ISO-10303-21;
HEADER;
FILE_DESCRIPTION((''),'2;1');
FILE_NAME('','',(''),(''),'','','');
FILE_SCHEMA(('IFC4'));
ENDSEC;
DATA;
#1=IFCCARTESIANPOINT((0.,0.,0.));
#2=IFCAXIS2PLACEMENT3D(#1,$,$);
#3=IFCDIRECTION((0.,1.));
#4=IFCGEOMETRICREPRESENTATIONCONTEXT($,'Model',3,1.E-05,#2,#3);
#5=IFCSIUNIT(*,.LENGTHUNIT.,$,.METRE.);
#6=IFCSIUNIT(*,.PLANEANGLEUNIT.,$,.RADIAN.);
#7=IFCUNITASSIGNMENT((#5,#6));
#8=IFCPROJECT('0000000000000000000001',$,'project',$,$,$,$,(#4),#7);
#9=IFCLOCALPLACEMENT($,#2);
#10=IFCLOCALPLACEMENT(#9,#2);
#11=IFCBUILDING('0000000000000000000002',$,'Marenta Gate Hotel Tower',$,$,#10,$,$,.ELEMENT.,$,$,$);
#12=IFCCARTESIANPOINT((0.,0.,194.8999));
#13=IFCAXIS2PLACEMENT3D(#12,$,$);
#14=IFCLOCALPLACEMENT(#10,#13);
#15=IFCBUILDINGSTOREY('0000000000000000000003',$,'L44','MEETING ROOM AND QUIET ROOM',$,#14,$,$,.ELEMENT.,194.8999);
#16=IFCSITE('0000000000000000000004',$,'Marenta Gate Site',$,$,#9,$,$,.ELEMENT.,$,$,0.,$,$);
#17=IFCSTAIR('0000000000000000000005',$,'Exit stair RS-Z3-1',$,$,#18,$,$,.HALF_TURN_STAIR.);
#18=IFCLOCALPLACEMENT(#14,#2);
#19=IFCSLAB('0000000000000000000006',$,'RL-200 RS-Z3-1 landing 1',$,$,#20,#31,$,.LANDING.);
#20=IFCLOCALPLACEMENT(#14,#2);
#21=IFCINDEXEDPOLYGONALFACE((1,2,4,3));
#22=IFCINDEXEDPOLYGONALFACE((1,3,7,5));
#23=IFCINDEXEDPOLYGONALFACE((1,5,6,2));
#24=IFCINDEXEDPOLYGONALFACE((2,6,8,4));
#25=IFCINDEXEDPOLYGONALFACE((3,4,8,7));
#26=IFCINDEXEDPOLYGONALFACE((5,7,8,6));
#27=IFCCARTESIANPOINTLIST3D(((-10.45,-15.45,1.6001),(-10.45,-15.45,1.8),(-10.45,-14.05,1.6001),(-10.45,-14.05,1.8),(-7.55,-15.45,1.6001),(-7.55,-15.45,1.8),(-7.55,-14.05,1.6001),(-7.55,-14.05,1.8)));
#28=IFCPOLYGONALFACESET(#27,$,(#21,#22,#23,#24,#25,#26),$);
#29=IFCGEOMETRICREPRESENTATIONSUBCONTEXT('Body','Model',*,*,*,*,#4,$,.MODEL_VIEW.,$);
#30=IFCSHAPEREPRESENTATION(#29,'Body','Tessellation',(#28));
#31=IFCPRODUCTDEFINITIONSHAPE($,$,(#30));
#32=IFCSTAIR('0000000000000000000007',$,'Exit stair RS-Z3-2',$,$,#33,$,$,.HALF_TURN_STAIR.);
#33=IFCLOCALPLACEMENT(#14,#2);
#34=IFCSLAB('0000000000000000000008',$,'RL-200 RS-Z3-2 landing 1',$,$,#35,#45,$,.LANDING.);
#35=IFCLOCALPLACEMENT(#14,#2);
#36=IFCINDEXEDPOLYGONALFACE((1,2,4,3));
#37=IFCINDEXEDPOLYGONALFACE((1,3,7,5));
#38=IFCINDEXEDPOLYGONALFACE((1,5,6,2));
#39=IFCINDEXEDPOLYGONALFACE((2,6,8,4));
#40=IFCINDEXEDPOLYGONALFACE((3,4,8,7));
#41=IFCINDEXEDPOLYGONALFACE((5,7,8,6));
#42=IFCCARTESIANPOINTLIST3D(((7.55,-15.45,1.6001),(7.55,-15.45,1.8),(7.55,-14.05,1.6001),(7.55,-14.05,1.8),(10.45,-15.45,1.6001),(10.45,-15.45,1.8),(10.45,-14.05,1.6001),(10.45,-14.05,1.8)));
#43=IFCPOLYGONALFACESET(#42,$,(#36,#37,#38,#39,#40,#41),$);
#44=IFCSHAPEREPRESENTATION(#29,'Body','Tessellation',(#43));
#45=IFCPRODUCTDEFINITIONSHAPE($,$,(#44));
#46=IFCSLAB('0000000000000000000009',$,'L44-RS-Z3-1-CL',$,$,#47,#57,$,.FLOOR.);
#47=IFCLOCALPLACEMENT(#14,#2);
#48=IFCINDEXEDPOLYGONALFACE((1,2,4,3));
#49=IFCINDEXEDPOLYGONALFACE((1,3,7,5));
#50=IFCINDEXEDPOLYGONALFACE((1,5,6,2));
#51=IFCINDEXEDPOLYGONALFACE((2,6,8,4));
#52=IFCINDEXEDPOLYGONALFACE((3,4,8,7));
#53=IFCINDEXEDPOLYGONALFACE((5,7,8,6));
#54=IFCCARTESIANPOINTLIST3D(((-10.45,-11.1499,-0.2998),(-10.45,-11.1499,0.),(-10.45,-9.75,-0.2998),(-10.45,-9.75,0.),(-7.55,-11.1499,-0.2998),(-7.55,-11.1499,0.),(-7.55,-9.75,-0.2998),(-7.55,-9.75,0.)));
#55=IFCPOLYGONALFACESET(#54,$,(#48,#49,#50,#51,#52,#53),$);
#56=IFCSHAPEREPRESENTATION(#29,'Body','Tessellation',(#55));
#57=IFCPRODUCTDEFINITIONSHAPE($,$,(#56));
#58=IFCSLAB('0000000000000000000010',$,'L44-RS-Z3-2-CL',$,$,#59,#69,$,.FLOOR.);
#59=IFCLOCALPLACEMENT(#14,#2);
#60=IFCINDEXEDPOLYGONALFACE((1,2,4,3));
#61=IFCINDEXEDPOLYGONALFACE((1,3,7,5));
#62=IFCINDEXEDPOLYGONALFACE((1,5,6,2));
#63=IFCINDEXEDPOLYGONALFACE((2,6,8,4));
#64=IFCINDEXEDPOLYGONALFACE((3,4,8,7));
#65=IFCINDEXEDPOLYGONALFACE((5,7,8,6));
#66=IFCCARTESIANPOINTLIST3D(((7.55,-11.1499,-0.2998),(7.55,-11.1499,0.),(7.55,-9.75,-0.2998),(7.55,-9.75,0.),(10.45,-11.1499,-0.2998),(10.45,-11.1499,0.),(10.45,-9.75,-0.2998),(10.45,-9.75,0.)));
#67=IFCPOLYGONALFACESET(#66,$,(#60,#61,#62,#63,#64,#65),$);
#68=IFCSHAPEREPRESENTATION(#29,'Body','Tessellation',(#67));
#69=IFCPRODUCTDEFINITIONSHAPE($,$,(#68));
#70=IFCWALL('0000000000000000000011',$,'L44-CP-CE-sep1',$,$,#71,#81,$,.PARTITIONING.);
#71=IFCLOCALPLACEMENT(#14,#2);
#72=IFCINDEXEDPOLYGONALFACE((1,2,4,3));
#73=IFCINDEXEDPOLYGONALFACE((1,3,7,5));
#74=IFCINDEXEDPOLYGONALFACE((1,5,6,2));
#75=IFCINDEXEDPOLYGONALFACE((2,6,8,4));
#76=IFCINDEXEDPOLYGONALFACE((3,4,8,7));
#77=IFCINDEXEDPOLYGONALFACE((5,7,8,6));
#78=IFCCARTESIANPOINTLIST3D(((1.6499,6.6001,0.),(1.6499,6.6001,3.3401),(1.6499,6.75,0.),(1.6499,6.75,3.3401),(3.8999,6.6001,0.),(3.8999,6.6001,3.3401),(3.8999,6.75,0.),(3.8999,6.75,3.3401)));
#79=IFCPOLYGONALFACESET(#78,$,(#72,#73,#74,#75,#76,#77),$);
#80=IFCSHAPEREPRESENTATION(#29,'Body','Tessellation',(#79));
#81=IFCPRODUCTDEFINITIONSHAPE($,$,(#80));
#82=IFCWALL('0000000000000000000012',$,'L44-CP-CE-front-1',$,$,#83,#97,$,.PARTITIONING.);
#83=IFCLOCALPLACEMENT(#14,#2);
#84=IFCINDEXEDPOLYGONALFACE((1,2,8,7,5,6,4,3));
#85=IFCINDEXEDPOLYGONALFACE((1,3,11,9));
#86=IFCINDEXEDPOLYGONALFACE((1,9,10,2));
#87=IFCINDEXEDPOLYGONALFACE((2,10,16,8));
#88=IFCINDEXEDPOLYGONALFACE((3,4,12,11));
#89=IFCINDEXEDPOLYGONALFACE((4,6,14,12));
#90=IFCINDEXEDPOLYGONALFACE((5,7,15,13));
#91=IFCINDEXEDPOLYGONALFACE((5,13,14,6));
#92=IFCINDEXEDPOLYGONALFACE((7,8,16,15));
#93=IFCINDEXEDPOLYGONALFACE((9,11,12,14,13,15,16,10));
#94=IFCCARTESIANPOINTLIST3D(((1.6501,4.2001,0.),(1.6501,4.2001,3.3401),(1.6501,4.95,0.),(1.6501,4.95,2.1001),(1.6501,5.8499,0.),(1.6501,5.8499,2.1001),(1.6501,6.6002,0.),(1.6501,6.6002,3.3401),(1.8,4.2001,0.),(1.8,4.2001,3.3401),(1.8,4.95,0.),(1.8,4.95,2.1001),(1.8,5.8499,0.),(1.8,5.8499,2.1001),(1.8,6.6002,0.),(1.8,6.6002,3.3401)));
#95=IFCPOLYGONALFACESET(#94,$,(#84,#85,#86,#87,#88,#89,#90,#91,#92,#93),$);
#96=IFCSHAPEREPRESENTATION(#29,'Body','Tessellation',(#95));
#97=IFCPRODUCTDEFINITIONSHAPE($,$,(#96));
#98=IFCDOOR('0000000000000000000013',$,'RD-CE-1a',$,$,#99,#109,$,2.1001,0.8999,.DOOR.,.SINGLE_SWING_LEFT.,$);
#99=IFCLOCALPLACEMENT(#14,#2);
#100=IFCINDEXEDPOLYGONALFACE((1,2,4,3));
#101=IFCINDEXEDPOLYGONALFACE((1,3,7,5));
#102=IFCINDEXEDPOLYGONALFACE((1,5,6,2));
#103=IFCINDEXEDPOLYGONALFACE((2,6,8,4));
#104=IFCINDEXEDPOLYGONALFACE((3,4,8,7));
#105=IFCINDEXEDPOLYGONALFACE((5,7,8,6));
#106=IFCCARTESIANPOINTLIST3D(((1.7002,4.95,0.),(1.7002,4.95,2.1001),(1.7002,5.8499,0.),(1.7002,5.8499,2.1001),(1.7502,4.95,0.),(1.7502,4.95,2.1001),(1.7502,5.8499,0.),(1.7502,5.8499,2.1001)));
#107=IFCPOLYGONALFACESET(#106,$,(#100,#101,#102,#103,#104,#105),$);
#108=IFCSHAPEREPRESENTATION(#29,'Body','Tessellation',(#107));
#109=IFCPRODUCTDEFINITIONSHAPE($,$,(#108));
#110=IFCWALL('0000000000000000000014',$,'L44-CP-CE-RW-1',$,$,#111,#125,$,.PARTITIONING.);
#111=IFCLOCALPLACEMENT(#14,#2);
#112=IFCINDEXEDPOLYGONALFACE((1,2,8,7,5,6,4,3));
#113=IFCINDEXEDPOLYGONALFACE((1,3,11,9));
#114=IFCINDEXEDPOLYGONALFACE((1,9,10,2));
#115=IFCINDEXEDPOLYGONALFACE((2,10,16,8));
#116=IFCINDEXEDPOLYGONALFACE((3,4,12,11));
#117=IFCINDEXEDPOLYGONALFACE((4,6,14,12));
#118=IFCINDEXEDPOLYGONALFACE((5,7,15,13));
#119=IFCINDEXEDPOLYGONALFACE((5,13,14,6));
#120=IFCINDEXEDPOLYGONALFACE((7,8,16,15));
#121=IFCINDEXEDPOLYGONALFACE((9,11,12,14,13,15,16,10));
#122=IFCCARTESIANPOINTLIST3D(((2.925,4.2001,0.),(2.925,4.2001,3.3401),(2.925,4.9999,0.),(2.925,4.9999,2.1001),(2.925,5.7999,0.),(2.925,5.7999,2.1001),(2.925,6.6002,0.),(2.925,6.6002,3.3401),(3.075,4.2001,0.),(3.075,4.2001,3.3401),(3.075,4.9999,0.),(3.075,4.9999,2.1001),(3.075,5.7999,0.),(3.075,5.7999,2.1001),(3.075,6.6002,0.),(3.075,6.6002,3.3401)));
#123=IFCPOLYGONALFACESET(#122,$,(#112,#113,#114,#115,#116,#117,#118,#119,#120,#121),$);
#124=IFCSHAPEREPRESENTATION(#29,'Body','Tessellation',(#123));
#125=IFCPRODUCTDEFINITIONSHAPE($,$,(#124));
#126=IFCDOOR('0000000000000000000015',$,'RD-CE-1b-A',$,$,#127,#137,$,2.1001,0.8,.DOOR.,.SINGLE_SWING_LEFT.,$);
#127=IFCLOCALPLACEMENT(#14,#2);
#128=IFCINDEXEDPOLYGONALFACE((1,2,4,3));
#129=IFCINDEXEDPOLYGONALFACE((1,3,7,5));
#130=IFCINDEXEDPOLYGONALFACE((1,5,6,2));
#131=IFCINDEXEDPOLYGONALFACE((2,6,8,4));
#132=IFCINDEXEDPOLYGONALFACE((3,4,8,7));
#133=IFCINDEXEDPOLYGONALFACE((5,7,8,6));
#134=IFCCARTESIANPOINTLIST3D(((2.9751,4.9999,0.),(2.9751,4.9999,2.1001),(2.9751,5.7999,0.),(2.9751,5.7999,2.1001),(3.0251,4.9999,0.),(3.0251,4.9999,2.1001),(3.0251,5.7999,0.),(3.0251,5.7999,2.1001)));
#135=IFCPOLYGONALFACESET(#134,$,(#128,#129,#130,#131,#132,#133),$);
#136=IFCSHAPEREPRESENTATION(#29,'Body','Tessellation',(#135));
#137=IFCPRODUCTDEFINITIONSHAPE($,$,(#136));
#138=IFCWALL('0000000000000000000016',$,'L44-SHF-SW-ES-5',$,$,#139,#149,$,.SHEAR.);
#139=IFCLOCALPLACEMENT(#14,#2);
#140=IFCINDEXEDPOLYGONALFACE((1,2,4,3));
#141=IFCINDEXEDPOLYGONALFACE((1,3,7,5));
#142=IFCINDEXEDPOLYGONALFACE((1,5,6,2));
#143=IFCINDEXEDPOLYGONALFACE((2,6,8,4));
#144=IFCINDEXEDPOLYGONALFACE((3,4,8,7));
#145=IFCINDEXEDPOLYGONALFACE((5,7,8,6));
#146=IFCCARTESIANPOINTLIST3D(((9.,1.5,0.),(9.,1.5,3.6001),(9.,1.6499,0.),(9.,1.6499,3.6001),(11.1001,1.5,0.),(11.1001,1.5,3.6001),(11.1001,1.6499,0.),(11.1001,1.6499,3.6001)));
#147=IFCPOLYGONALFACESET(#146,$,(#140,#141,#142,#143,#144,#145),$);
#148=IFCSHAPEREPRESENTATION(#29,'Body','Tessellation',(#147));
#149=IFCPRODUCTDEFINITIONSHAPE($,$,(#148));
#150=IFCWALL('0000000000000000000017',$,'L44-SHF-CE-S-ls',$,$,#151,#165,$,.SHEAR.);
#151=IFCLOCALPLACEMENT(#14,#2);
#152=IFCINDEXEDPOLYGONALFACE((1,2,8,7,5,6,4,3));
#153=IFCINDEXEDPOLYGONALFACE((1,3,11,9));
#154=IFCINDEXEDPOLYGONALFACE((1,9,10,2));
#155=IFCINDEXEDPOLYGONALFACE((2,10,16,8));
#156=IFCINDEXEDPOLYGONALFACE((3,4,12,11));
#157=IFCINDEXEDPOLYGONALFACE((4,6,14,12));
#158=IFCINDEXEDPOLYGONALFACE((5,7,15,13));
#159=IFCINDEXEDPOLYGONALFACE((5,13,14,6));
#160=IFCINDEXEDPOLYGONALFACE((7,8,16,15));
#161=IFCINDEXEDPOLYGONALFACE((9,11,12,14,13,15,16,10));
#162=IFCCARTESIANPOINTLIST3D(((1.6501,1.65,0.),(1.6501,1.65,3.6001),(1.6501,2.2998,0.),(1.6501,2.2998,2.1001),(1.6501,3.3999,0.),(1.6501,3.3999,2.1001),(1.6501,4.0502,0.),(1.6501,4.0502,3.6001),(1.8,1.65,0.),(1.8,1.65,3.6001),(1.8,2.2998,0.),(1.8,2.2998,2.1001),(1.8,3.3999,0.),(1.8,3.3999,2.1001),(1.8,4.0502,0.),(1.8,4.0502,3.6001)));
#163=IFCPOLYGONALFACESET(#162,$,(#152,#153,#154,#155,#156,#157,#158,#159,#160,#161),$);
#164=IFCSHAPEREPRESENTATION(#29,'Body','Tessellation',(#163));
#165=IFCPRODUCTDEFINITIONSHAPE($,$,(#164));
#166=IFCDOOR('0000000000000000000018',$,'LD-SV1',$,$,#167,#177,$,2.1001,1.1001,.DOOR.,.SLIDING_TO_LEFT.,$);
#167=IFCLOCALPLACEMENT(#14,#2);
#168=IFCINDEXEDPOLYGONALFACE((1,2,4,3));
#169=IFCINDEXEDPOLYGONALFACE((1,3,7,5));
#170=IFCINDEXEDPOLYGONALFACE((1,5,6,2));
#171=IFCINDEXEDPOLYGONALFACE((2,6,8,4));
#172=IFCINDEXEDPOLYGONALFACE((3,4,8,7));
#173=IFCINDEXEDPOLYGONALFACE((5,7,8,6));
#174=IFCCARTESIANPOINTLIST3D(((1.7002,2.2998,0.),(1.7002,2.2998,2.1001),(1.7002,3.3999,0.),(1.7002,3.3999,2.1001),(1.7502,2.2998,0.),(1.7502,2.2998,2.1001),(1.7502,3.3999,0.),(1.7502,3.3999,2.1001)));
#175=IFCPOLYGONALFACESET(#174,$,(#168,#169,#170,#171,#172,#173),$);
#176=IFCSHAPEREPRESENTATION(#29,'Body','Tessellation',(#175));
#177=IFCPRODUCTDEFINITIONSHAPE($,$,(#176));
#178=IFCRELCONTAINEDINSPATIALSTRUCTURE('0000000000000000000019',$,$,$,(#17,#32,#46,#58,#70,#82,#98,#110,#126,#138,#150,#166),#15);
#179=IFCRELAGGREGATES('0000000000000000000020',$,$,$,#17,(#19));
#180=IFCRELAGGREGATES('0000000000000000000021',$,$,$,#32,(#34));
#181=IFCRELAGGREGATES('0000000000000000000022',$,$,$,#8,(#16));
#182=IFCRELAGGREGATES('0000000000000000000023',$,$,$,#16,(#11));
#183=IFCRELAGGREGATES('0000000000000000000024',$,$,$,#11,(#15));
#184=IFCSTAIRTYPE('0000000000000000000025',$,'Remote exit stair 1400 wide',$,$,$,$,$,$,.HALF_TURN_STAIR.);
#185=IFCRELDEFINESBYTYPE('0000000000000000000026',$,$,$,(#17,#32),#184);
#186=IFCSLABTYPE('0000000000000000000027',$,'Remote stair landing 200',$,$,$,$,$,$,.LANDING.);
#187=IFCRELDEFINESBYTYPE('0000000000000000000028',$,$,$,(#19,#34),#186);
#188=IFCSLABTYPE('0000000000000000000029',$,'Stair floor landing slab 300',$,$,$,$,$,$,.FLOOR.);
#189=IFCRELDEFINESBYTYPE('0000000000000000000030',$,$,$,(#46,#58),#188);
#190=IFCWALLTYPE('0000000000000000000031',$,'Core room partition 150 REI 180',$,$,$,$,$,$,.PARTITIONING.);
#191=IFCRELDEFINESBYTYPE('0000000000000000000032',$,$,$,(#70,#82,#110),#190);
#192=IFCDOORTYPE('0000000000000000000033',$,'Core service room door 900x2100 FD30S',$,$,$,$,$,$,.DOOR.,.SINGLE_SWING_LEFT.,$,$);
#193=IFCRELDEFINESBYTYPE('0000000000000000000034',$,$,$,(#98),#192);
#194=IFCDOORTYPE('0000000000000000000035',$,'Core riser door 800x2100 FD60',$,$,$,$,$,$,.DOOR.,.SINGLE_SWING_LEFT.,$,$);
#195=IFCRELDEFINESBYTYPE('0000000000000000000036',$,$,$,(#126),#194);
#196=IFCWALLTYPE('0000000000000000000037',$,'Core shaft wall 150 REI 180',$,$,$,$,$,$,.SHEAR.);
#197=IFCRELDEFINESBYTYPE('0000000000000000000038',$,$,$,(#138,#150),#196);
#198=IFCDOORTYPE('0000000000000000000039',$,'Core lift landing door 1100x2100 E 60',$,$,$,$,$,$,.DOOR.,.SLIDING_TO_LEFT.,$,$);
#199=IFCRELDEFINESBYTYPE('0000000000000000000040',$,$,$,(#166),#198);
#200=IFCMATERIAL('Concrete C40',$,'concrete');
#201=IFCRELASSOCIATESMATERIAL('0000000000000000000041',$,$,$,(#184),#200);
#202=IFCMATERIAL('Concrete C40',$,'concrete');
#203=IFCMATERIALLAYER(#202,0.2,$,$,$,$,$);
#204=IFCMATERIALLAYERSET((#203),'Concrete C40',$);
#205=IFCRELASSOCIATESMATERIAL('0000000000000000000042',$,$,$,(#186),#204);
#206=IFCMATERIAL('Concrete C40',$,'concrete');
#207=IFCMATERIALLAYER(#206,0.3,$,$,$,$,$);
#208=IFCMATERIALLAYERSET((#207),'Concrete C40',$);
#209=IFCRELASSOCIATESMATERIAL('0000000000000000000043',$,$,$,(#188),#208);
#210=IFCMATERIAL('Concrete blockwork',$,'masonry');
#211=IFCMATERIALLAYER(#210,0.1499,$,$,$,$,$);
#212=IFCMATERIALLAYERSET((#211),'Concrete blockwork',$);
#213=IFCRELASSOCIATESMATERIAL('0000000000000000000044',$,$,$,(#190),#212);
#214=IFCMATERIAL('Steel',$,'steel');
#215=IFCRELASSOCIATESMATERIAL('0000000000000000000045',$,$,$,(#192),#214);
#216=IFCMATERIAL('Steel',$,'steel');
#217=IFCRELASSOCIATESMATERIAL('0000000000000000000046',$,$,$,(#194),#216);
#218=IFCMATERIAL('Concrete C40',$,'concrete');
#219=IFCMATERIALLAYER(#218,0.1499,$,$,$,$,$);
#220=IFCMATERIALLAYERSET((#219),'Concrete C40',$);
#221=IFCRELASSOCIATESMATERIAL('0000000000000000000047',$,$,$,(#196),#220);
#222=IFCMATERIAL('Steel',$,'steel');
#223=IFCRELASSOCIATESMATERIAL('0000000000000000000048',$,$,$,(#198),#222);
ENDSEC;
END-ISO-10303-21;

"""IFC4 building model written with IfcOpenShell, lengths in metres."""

from ifc_helpers import new_model, si_unit, direction, frame, frame_2d, origin, place, context, subcontext, project, spatial, polyline, rectangle, outline, extrude, material, layer, layer_set, type_object, element, fill, aggregate, save


model = new_model("IFC4")

# Units and contexts
model_context = context("Model", 3, precision=1e-05, world=origin(), true_north=direction((0.0, 1.0)))
body_context = subcontext(model_context, "Body", "Model", "MODEL_VIEW")
ifc_project = project(units=[si_unit("LENGTHUNIT", "METRE"), si_unit("PLANEANGLEUNIT", "RADIAN")], contexts=[model_context])

# Site, building, storey
site_placement = place(None, origin())
site = spatial("IfcSite", under=ifc_project, at=site_placement, Name="Marenta Gate Site", CompositionType="ELEMENT", RefElevation=0.0)
building_placement = place(site_placement, origin())
building = spatial("IfcBuilding", under=site, at=building_placement, Name="Marenta Gate Hotel Tower", CompositionType="ELEMENT")
storey_placement = place(building_placement, frame((0.0, 0.0, 194.8999)))
storey = spatial("IfcBuildingStorey", under=building, at=storey_placement, Name="L44", Description="MEETING ROOM AND QUIET ROOM", CompositionType="ELEMENT", Elevation=194.8999)

# Stairs, slabs
ifc_material_1 = material(Name="Concrete C40", Category="concrete")
stair_type_1 = type_object("IfcStairType", Name="Remote exit stair 1400 wide", PredefinedType="HALF_TURN_STAIR", material=ifc_material_1)
stair_1_placement = place(storey_placement, origin())
stair_1 = element("IfcStair", 1, at=stair_1_placement, inside=storey, type_object=stair_type_1, Name="Exit stair RS-Z3-1", PredefinedType="HALF_TURN_STAIR")
ifc_material_2 = material(Name="Concrete C40", Category="concrete")
ifc_layer_1 = layer(ifc_material_2, 0.2)
ifc_layer_set_1 = layer_set([ifc_layer_1], Name="Concrete C40")
slab_type_1 = type_object("IfcSlabType", Name="Remote stair landing 200", PredefinedType="LANDING", material=ifc_layer_set_1)
slab_1_placement = place(storey_placement, frame((0.0, 0.0, 1.6001)))
slab_1 = element("IfcSlab", 2, at=slab_1_placement, type_object=slab_type_1, Name="RL-200 RS-Z3-1 landing 1", PredefinedType="LANDING", context=body_context, shape_type="SweptSolid", body=[
    extrude(outline(polyline([(-10.45, -15.45), (-7.55, -15.45), (-7.55, -14.05), (-10.45, -14.05), (-10.45, -15.45)])), origin(), (0.0, 0.0, 1.0), 0.2),
])
aggregate(stair_1, [slab_1])
stair_2_placement = place(storey_placement, origin())
stair_2 = element("IfcStair", 3, at=stair_2_placement, inside=storey, type_object=stair_type_1, Name="Exit stair RS-Z3-2", PredefinedType="HALF_TURN_STAIR")
slab_2_placement = place(storey_placement, frame((0.0, 0.0, 1.6001)))
slab_2 = element("IfcSlab", 4, at=slab_2_placement, type_object=slab_type_1, Name="RL-200 RS-Z3-2 landing 1", PredefinedType="LANDING", context=body_context, shape_type="SweptSolid", body=[
    extrude(outline(polyline([(7.55, -15.45), (10.45, -15.45), (10.45, -14.05), (7.55, -14.05), (7.55, -15.45)])), origin(), (0.0, 0.0, 1.0), 0.2),
])
aggregate(stair_2, [slab_2])

# Slabs
ifc_material_3 = material(Name="Concrete C40", Category="concrete")
ifc_layer_2 = layer(ifc_material_3, 0.3)
ifc_layer_set_2 = layer_set([ifc_layer_2], Name="Concrete C40")
slab_type_2 = type_object("IfcSlabType", Name="Stair floor landing slab 300", PredefinedType="FLOOR", material=ifc_layer_set_2)
slab_3_placement = place(storey_placement, frame((0.0, 0.0, -0.2998)))
element("IfcSlab", 5, at=slab_3_placement, inside=storey, type_object=slab_type_2, Name="L44-RS-Z3-1-CL", PredefinedType="FLOOR", context=body_context, shape_type="SweptSolid", body=[
    extrude(outline(polyline([(-7.55, -11.1499), (-7.55, -9.75), (-10.45, -9.75), (-10.45, -11.1499), (-7.55, -11.1499)])), origin(), (0.0, 0.0, 1.0), 0.2998),
])
slab_4_placement = place(storey_placement, frame((0.0, 0.0, -0.2998)))
element("IfcSlab", 6, at=slab_4_placement, inside=storey, type_object=slab_type_2, Name="L44-RS-Z3-2-CL", PredefinedType="FLOOR", context=body_context, shape_type="SweptSolid", body=[
    extrude(outline(polyline([(10.45, -11.1499), (10.45, -9.75), (7.55, -9.75), (7.55, -11.1499), (10.45, -11.1499)])), origin(), (0.0, 0.0, 1.0), 0.2998),
])

# Wall
ifc_material_4 = material(Name="Concrete blockwork", Category="masonry")
ifc_layer_3 = layer(ifc_material_4, 0.1499)
ifc_layer_set_3 = layer_set([ifc_layer_3], Name="Concrete blockwork")
wall_type_1 = type_object("IfcWallType", Name="Core room partition 150 REI 180", PredefinedType="PARTITIONING", material=ifc_layer_set_3)
wall_1_placement = place(storey_placement, frame((1.6499, 6.675, 0.0), z_axis=(0.0, 0.0, 1.0), x_axis=(1.0, 0.0, 0.0)))
element("IfcWall", 7, at=wall_1_placement, inside=storey, type_object=wall_type_1, Name="L44-CP-CE-sep1", PredefinedType="PARTITIONING", context=body_context, shape_type="SweptSolid", body=[
    extrude(rectangle(XDim=2.25, YDim=0.1499, at=frame_2d((1.125, 0.0))), origin(), (0.0, 0.0, 1.0), 3.3401),
])

# Walls, openings, doors
wall_2_placement = place(storey_placement, frame((1.7251, 4.2, 0.0), z_axis=(0.0, 0.0, 1.0), x_axis=(0.0, 1.0, 0.0)))
wall_2 = element("IfcWall", 8, at=wall_2_placement, inside=storey, type_object=wall_type_1, Name="L44-CP-CE-front-1", PredefinedType="PARTITIONING", context=body_context, shape_type="SweptSolid", body=[
    extrude(rectangle(XDim=2.4001, YDim=0.1499, at=frame_2d((1.2002, 0.0))), origin(), (0.0, 0.0, 1.0), 3.3401),
])
opening_1_placement = place(wall_2_placement, frame((0.75, 0.0, 0.0)))
opening_1 = element("IfcOpeningElement", 9, at=opening_1_placement, cuts=wall_2, PredefinedType="OPENING", context=body_context, shape_type="SweptSolid", body=[
    extrude(rectangle(XDim=0.8999, YDim=2.1001, at=frame_2d((0.45, 1.05))), frame((0.0, 0.075, 0.0), z_axis=(0.0, -1.0, 0.0), x_axis=(1.0, 0.0, 0.0)), (0.0, 0.0, 1.0), 0.1499),
])
ifc_material_5 = material(Name="Steel", Category="steel")
door_type_1 = type_object("IfcDoorType", Name="Core service room door 900x2100 FD30S", OperationType="SINGLE_SWING_LEFT", PredefinedType="DOOR", material=ifc_material_5)
door_1_placement = place(opening_1_placement, origin())
door_1 = element("IfcDoor", 10, at=door_1_placement, inside=storey, type_object=door_type_1, Name="RD-CE-1a", OperationType="SINGLE_SWING_LEFT", OverallHeight=2.1001, OverallWidth=0.8999, PredefinedType="DOOR", context=body_context, shape_type="SweptSolid", body=[
    extrude(rectangle(XDim=0.8999, YDim=2.1001, at=frame_2d((0.45, 1.05))), frame((0.0, 0.0249, 0.0), z_axis=(0.0, -1.0, 0.0), x_axis=(1.0, 0.0, 0.0)), (0.0, 0.0, 1.0), 0.05),
])
fill(opening_1, door_1)
wall_3_placement = place(storey_placement, frame((3.0, 4.2, 0.0), z_axis=(0.0, 0.0, 1.0), x_axis=(0.0, 1.0, 0.0)))
wall_3 = element("IfcWall", 11, at=wall_3_placement, inside=storey, type_object=wall_type_1, Name="L44-CP-CE-RW-1", PredefinedType="PARTITIONING", context=body_context, shape_type="SweptSolid", body=[
    extrude(rectangle(XDim=2.4001, YDim=0.1499, at=frame_2d((1.2002, 0.0))), origin(), (0.0, 0.0, 1.0), 3.3401),
])
opening_2_placement = place(wall_3_placement, frame((0.8, 0.0, 0.0)))
opening_2 = element("IfcOpeningElement", 12, at=opening_2_placement, cuts=wall_3, PredefinedType="OPENING", context=body_context, shape_type="SweptSolid", body=[
    extrude(rectangle(XDim=0.8, YDim=2.1001, at=frame_2d((0.3999, 1.05))), frame((0.0, 0.075, 0.0), z_axis=(0.0, -1.0, 0.0), x_axis=(1.0, 0.0, 0.0)), (0.0, 0.0, 1.0), 0.1499),
])
ifc_material_6 = material(Name="Steel", Category="steel")
door_type_2 = type_object("IfcDoorType", Name="Core riser door 800x2100 FD60", OperationType="SINGLE_SWING_LEFT", PredefinedType="DOOR", material=ifc_material_6)
door_2_placement = place(opening_2_placement, origin())
door_2 = element("IfcDoor", 13, at=door_2_placement, inside=storey, type_object=door_type_2, Name="RD-CE-1b-A", OperationType="SINGLE_SWING_LEFT", OverallHeight=2.1001, OverallWidth=0.8, PredefinedType="DOOR", context=body_context, shape_type="SweptSolid", body=[
    extrude(rectangle(XDim=0.8, YDim=2.1001, at=frame_2d((0.3999, 1.05))), frame((0.0, 0.0249, 0.0), z_axis=(0.0, -1.0, 0.0), x_axis=(1.0, 0.0, 0.0)), (0.0, 0.0, 1.0), 0.05),
])
fill(opening_2, door_2)

# Wall
ifc_material_7 = material(Name="Concrete C40", Category="concrete")
ifc_layer_4 = layer(ifc_material_7, 0.1499)
ifc_layer_set_4 = layer_set([ifc_layer_4], Name="Concrete C40")
wall_type_2 = type_object("IfcWallType", Name="Core shaft wall 150 REI 180", PredefinedType="SHEAR", material=ifc_layer_set_4)
wall_4_placement = place(storey_placement, frame((9.0, 1.575, 0.0), z_axis=(0.0, 0.0, 1.0), x_axis=(1.0, 0.0, 0.0)))
element("IfcWall", 14, at=wall_4_placement, inside=storey, type_object=wall_type_2, Name="L44-SHF-SW-ES-5", PredefinedType="SHEAR", context=body_context, shape_type="SweptSolid", body=[
    extrude(rectangle(XDim=2.1001, YDim=0.1499, at=frame_2d((1.05, 0.0))), origin(), (0.0, 0.0, 1.0), 3.6001),
])

# Wall, opening, door
wall_5_placement = place(storey_placement, frame((1.7251, 1.6499, 0.0), z_axis=(0.0, 0.0, 1.0), x_axis=(0.0, 1.0, 0.0)))
wall_5 = element("IfcWall", 15, at=wall_5_placement, inside=storey, type_object=wall_type_2, Name="L44-SHF-CE-S-ls", PredefinedType="SHEAR", context=body_context, shape_type="SweptSolid", body=[
    extrude(rectangle(XDim=2.4001, YDim=0.1499, at=frame_2d((1.2002, 0.0))), origin(), (0.0, 0.0, 1.0), 3.6001),
])
opening_3_placement = place(wall_5_placement, frame((0.6499, 0.0, 0.0)))
opening_3 = element("IfcOpeningElement", 16, at=opening_3_placement, cuts=wall_5, PredefinedType="OPENING", context=body_context, shape_type="SweptSolid", body=[
    extrude(rectangle(XDim=1.1001, YDim=2.1001, at=frame_2d((0.55, 1.05))), frame((0.0, 0.075, 0.0), z_axis=(0.0, -1.0, 0.0), x_axis=(1.0, 0.0, 0.0)), (0.0, 0.0, 1.0), 0.1499),
])
ifc_material_8 = material(Name="Steel", Category="steel")
door_type_3 = type_object("IfcDoorType", Name="Core lift landing door 1100x2100 E 60", OperationType="SLIDING_TO_LEFT", PredefinedType="DOOR", material=ifc_material_8)
door_3_placement = place(opening_3_placement, origin())
door_3 = element("IfcDoor", 17, at=door_3_placement, inside=storey, type_object=door_type_3, Name="LD-SV1", OperationType="SLIDING_TO_LEFT", OverallHeight=2.1001, OverallWidth=1.1001, PredefinedType="DOOR", context=body_context, shape_type="SweptSolid", body=[
    extrude(rectangle(XDim=1.1001, YDim=2.1001, at=frame_2d((0.55, 1.05))), frame((0.0, 0.0249, 0.0), z_axis=(0.0, -1.0, 0.0), x_axis=(1.0, 0.0, 0.0)), (0.0, 0.0, 1.0), 0.05),
])
fill(opening_3, door_3)

save(model, "model.ifc")
